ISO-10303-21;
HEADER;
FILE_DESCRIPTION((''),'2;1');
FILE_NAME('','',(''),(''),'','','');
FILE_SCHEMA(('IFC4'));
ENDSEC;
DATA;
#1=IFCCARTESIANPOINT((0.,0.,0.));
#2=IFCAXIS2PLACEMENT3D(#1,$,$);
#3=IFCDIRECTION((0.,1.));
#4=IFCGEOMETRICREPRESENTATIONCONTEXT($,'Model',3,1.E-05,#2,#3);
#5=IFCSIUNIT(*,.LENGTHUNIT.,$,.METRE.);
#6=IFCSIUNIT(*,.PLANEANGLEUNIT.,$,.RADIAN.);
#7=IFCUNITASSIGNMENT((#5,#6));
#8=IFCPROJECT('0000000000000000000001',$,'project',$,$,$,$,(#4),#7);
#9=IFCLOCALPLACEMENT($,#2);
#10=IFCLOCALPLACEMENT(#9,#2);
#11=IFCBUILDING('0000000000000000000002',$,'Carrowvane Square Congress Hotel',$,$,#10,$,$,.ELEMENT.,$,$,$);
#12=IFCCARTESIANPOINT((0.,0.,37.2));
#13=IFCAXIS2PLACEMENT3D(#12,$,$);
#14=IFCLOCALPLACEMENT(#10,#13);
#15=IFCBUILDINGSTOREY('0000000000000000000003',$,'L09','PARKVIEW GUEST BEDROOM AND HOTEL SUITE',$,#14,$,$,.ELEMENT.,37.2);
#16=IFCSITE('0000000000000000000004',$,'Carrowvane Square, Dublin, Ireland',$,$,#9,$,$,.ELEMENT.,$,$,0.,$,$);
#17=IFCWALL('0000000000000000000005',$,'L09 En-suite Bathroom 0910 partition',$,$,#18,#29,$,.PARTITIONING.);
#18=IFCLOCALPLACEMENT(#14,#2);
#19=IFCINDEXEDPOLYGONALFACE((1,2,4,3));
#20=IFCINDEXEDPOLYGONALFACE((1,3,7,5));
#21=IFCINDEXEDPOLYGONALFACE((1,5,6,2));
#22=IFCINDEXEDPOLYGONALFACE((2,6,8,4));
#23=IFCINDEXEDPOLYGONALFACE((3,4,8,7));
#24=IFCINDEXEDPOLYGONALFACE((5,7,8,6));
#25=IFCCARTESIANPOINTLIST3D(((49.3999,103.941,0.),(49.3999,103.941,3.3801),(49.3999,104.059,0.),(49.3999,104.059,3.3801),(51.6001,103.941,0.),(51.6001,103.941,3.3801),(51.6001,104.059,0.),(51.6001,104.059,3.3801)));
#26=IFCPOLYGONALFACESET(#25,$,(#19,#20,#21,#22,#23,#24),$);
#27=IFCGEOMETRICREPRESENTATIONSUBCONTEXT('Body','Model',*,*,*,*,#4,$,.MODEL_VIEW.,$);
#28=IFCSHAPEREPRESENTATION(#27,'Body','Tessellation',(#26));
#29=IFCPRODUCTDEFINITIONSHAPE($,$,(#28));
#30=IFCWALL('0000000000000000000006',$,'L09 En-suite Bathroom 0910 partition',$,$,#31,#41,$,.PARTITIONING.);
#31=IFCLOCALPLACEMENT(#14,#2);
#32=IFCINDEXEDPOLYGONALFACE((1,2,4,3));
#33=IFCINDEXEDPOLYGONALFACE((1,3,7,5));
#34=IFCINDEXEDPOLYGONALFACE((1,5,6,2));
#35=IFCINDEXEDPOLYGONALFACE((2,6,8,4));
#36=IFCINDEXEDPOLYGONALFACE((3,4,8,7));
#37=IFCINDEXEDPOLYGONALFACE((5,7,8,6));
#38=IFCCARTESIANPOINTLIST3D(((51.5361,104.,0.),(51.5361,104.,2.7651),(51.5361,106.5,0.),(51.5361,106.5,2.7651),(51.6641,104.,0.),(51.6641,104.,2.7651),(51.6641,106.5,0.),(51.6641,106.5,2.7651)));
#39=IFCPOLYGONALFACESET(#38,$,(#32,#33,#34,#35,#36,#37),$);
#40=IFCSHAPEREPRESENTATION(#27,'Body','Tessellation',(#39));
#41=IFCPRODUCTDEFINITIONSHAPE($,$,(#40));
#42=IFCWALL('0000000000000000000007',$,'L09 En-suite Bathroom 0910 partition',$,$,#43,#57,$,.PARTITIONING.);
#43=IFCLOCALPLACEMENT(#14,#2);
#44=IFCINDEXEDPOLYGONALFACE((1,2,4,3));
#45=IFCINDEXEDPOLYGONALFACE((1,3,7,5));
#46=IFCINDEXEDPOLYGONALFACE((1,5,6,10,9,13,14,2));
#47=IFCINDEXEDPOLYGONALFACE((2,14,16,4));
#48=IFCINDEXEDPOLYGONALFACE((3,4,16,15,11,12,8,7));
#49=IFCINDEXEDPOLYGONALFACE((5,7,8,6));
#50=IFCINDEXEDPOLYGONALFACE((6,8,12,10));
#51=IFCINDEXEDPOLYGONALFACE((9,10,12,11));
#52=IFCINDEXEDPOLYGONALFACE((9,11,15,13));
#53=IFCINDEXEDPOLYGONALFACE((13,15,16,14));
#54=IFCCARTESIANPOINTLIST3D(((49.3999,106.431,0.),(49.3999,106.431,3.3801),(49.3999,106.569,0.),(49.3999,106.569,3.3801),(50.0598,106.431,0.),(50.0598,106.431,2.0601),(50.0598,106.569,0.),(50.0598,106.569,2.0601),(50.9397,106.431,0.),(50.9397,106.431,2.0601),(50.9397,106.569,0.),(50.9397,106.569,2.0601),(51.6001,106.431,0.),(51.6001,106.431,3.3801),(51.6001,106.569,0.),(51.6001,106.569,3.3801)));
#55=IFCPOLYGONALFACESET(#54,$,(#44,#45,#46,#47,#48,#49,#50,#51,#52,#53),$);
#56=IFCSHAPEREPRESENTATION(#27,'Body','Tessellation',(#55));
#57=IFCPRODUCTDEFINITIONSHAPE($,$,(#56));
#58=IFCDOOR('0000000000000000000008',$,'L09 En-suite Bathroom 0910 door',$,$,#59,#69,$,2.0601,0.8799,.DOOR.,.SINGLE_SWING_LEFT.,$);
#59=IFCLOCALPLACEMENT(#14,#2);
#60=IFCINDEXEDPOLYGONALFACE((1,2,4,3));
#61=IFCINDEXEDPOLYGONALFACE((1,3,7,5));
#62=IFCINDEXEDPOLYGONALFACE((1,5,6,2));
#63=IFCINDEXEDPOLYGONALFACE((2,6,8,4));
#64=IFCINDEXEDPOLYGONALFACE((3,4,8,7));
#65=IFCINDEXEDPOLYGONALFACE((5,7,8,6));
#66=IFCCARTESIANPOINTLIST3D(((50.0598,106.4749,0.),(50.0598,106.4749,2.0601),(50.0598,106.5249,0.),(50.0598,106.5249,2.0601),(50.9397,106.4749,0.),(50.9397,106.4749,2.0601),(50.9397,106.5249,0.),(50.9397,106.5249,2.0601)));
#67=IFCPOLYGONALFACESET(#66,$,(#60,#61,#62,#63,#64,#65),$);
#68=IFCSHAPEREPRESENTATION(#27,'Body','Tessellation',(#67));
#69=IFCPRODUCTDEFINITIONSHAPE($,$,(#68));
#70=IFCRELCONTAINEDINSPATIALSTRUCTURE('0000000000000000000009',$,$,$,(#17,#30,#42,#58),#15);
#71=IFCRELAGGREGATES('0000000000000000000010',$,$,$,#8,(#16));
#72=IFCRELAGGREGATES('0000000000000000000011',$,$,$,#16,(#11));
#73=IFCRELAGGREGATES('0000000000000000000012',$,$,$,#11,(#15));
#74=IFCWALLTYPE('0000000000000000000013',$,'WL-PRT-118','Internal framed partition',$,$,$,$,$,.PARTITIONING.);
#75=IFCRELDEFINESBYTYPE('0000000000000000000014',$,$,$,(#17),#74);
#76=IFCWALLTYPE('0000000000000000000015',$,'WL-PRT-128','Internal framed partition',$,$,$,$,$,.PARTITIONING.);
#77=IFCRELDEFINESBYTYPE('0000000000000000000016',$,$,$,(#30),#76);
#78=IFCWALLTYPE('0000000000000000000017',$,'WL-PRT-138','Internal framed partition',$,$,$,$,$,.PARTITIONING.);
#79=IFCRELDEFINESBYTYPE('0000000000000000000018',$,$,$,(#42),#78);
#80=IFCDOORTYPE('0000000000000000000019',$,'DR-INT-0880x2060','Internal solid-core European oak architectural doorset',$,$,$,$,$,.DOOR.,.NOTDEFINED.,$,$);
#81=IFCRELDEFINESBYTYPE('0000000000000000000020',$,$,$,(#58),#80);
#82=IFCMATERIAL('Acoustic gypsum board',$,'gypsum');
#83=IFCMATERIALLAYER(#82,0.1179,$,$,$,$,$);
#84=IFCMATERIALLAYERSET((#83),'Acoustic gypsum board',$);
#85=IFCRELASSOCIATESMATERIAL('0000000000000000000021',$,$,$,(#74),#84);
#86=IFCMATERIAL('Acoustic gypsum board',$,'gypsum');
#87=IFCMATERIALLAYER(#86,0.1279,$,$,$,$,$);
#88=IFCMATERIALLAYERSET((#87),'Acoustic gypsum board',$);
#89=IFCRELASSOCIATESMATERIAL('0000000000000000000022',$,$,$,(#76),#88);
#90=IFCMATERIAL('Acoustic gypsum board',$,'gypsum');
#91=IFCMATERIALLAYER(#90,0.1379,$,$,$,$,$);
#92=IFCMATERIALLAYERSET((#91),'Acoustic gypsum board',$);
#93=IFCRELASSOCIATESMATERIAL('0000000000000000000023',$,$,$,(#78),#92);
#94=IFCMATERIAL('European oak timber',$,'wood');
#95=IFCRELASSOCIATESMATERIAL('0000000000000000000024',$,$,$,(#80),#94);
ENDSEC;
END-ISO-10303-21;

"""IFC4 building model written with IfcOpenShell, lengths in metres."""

from ifc_helpers import new_model, si_unit, direction, frame, frame_2d, origin, place, context, subcontext, project, spatial, rectangle, extrude, material, layer, layer_set, type_object, element, fill, save


model = new_model("IFC4")

# Units and contexts
model_context = context("Model", 3, precision=1e-05, world=origin(), true_north=direction((0.0, 1.0)))
body_context = subcontext(model_context, "Body", "Model", "MODEL_VIEW")
ifc_project = project(units=[si_unit("LENGTHUNIT", "METRE"), si_unit("PLANEANGLEUNIT", "RADIAN")], contexts=[model_context])

# Site, building, storey
site_placement = place(None, origin())
site = spatial("IfcSite", under=ifc_project, at=site_placement, Name="Carrowvane Square, Dublin, Ireland", CompositionType="ELEMENT", RefElevation=0.0)
building_placement = place(site_placement, origin())
building = spatial("IfcBuilding", under=site, at=building_placement, Name="Carrowvane Square Congress Hotel", CompositionType="ELEMENT")
storey_placement = place(building_placement, frame((0.0, 0.0, 37.2)))
storey = spatial("IfcBuildingStorey", under=building, at=storey_placement, Name="L09", Description="PARKVIEW GUEST BEDROOM AND HOTEL SUITE", CompositionType="ELEMENT", Elevation=37.2)

# Walls
ifc_material_1 = material(Name="Acoustic gypsum board", Category="gypsum")
ifc_layer_1 = layer(ifc_material_1, 0.1179)
ifc_layer_set_1 = layer_set([ifc_layer_1], Name="Acoustic gypsum board")
wall_type_1 = type_object("IfcWallType", Name="WL-PRT-118", Description="Internal framed partition", PredefinedType="PARTITIONING", material=ifc_layer_set_1)
wall_1_placement = place(storey_placement, frame((51.6001, 104.0, 0.0), z_axis=(0.0, 0.0, 1.0), x_axis=(-1.0, 0.0, 0.0)))
element("IfcWall", 1, at=wall_1_placement, inside=storey, type_object=wall_type_1, Name="L09 En-suite Bathroom 0910 partition", PredefinedType="PARTITIONING", context=body_context, shape_type="SweptSolid", body=[
    extrude(rectangle(XDim=2.2002, YDim=0.1179, at=frame_2d((1.1001, 0.0))), origin(), (0.0, 0.0, 1.0), 3.3801),
])
ifc_material_2 = material(Name="Acoustic gypsum board", Category="gypsum")
ifc_layer_2 = layer(ifc_material_2, 0.1279)
ifc_layer_set_2 = layer_set([ifc_layer_2], Name="Acoustic gypsum board")
wall_type_2 = type_object("IfcWallType", Name="WL-PRT-128", Description="Internal framed partition", PredefinedType="PARTITIONING", material=ifc_layer_set_2)
wall_2_placement = place(storey_placement, frame((51.6001, 106.5, 0.0), z_axis=(0.0, 0.0, 1.0), x_axis=(0.0, -1.0, 0.0)))
element("IfcWall", 2, at=wall_2_placement, inside=storey, type_object=wall_type_2, Name="L09 En-suite Bathroom 0910 partition", PredefinedType="PARTITIONING", context=body_context, shape_type="SweptSolid", body=[
    extrude(rectangle(XDim=2.5, YDim=0.1279, at=frame_2d((1.25, 0.0))), origin(), (0.0, 0.0, 1.0), 2.7651),
])

# Wall, opening, door
ifc_material_3 = material(Name="Acoustic gypsum board", Category="gypsum")
ifc_layer_3 = layer(ifc_material_3, 0.1379)
ifc_layer_set_3 = layer_set([ifc_layer_3], Name="Acoustic gypsum board")
wall_type_3 = type_object("IfcWallType", Name="WL-PRT-138", Description="Internal framed partition", PredefinedType="PARTITIONING", material=ifc_layer_set_3)
wall_3_placement = place(storey_placement, frame((49.3999, 106.5, 0.0), z_axis=(0.0, 0.0, 1.0), x_axis=(1.0, 0.0, 0.0)))
wall_3 = element("IfcWall", 3, at=wall_3_placement, inside=storey, type_object=wall_type_3, Name="L09 En-suite Bathroom 0910 partition", PredefinedType="PARTITIONING", context=body_context, shape_type="SweptSolid", body=[
    extrude(rectangle(XDim=2.2002, YDim=0.1379, at=frame_2d((1.1001, 0.0))), origin(), (0.0, 0.0, 1.0), 3.3801),
])
opening_1_placement = place(wall_3_placement, frame((0.6599, 0.0, 0.0)))
opening_1 = element("IfcOpeningElement", 4, at=opening_1_placement, cuts=wall_3, PredefinedType="OPENING", context=body_context, shape_type="SweptSolid", body=[
    extrude(rectangle(XDim=0.8799, YDim=2.0601, at=frame_2d((0.4399, 1.03))), frame((0.0, 0.0789, 0.0), z_axis=(0.0, -1.0, 0.0), x_axis=(1.0, 0.0, 0.0)), (0.0, 0.0, 1.0), 0.158),
])
ifc_material_4 = material(Name="European oak timber", Category="wood")
door_type_1 = type_object("IfcDoorType", Name="DR-INT-0880x2060", Description="Internal solid-core European oak architectural doorset", OperationType="NOTDEFINED", PredefinedType="DOOR", material=ifc_material_4)
door_1_placement = place(opening_1_placement, origin())
door_1 = element("IfcDoor", 5, at=door_1_placement, inside=storey, type_object=door_type_1, Name="L09 En-suite Bathroom 0910 door", OperationType="SINGLE_SWING_LEFT", OverallHeight=2.0601, OverallWidth=0.8799, PredefinedType="DOOR", context=body_context, shape_type="SweptSolid", body=[
    extrude(rectangle(XDim=0.8799, YDim=2.0601, at=frame_2d((0.4399, 1.03))), frame((0.0, 0.0249, 0.0), z_axis=(0.0, -1.0, 0.0), x_axis=(1.0, 0.0, 0.0)), (0.0, 0.0, 1.0), 0.05),
])
fill(opening_1, door_1)

save(model, "model.ifc")
